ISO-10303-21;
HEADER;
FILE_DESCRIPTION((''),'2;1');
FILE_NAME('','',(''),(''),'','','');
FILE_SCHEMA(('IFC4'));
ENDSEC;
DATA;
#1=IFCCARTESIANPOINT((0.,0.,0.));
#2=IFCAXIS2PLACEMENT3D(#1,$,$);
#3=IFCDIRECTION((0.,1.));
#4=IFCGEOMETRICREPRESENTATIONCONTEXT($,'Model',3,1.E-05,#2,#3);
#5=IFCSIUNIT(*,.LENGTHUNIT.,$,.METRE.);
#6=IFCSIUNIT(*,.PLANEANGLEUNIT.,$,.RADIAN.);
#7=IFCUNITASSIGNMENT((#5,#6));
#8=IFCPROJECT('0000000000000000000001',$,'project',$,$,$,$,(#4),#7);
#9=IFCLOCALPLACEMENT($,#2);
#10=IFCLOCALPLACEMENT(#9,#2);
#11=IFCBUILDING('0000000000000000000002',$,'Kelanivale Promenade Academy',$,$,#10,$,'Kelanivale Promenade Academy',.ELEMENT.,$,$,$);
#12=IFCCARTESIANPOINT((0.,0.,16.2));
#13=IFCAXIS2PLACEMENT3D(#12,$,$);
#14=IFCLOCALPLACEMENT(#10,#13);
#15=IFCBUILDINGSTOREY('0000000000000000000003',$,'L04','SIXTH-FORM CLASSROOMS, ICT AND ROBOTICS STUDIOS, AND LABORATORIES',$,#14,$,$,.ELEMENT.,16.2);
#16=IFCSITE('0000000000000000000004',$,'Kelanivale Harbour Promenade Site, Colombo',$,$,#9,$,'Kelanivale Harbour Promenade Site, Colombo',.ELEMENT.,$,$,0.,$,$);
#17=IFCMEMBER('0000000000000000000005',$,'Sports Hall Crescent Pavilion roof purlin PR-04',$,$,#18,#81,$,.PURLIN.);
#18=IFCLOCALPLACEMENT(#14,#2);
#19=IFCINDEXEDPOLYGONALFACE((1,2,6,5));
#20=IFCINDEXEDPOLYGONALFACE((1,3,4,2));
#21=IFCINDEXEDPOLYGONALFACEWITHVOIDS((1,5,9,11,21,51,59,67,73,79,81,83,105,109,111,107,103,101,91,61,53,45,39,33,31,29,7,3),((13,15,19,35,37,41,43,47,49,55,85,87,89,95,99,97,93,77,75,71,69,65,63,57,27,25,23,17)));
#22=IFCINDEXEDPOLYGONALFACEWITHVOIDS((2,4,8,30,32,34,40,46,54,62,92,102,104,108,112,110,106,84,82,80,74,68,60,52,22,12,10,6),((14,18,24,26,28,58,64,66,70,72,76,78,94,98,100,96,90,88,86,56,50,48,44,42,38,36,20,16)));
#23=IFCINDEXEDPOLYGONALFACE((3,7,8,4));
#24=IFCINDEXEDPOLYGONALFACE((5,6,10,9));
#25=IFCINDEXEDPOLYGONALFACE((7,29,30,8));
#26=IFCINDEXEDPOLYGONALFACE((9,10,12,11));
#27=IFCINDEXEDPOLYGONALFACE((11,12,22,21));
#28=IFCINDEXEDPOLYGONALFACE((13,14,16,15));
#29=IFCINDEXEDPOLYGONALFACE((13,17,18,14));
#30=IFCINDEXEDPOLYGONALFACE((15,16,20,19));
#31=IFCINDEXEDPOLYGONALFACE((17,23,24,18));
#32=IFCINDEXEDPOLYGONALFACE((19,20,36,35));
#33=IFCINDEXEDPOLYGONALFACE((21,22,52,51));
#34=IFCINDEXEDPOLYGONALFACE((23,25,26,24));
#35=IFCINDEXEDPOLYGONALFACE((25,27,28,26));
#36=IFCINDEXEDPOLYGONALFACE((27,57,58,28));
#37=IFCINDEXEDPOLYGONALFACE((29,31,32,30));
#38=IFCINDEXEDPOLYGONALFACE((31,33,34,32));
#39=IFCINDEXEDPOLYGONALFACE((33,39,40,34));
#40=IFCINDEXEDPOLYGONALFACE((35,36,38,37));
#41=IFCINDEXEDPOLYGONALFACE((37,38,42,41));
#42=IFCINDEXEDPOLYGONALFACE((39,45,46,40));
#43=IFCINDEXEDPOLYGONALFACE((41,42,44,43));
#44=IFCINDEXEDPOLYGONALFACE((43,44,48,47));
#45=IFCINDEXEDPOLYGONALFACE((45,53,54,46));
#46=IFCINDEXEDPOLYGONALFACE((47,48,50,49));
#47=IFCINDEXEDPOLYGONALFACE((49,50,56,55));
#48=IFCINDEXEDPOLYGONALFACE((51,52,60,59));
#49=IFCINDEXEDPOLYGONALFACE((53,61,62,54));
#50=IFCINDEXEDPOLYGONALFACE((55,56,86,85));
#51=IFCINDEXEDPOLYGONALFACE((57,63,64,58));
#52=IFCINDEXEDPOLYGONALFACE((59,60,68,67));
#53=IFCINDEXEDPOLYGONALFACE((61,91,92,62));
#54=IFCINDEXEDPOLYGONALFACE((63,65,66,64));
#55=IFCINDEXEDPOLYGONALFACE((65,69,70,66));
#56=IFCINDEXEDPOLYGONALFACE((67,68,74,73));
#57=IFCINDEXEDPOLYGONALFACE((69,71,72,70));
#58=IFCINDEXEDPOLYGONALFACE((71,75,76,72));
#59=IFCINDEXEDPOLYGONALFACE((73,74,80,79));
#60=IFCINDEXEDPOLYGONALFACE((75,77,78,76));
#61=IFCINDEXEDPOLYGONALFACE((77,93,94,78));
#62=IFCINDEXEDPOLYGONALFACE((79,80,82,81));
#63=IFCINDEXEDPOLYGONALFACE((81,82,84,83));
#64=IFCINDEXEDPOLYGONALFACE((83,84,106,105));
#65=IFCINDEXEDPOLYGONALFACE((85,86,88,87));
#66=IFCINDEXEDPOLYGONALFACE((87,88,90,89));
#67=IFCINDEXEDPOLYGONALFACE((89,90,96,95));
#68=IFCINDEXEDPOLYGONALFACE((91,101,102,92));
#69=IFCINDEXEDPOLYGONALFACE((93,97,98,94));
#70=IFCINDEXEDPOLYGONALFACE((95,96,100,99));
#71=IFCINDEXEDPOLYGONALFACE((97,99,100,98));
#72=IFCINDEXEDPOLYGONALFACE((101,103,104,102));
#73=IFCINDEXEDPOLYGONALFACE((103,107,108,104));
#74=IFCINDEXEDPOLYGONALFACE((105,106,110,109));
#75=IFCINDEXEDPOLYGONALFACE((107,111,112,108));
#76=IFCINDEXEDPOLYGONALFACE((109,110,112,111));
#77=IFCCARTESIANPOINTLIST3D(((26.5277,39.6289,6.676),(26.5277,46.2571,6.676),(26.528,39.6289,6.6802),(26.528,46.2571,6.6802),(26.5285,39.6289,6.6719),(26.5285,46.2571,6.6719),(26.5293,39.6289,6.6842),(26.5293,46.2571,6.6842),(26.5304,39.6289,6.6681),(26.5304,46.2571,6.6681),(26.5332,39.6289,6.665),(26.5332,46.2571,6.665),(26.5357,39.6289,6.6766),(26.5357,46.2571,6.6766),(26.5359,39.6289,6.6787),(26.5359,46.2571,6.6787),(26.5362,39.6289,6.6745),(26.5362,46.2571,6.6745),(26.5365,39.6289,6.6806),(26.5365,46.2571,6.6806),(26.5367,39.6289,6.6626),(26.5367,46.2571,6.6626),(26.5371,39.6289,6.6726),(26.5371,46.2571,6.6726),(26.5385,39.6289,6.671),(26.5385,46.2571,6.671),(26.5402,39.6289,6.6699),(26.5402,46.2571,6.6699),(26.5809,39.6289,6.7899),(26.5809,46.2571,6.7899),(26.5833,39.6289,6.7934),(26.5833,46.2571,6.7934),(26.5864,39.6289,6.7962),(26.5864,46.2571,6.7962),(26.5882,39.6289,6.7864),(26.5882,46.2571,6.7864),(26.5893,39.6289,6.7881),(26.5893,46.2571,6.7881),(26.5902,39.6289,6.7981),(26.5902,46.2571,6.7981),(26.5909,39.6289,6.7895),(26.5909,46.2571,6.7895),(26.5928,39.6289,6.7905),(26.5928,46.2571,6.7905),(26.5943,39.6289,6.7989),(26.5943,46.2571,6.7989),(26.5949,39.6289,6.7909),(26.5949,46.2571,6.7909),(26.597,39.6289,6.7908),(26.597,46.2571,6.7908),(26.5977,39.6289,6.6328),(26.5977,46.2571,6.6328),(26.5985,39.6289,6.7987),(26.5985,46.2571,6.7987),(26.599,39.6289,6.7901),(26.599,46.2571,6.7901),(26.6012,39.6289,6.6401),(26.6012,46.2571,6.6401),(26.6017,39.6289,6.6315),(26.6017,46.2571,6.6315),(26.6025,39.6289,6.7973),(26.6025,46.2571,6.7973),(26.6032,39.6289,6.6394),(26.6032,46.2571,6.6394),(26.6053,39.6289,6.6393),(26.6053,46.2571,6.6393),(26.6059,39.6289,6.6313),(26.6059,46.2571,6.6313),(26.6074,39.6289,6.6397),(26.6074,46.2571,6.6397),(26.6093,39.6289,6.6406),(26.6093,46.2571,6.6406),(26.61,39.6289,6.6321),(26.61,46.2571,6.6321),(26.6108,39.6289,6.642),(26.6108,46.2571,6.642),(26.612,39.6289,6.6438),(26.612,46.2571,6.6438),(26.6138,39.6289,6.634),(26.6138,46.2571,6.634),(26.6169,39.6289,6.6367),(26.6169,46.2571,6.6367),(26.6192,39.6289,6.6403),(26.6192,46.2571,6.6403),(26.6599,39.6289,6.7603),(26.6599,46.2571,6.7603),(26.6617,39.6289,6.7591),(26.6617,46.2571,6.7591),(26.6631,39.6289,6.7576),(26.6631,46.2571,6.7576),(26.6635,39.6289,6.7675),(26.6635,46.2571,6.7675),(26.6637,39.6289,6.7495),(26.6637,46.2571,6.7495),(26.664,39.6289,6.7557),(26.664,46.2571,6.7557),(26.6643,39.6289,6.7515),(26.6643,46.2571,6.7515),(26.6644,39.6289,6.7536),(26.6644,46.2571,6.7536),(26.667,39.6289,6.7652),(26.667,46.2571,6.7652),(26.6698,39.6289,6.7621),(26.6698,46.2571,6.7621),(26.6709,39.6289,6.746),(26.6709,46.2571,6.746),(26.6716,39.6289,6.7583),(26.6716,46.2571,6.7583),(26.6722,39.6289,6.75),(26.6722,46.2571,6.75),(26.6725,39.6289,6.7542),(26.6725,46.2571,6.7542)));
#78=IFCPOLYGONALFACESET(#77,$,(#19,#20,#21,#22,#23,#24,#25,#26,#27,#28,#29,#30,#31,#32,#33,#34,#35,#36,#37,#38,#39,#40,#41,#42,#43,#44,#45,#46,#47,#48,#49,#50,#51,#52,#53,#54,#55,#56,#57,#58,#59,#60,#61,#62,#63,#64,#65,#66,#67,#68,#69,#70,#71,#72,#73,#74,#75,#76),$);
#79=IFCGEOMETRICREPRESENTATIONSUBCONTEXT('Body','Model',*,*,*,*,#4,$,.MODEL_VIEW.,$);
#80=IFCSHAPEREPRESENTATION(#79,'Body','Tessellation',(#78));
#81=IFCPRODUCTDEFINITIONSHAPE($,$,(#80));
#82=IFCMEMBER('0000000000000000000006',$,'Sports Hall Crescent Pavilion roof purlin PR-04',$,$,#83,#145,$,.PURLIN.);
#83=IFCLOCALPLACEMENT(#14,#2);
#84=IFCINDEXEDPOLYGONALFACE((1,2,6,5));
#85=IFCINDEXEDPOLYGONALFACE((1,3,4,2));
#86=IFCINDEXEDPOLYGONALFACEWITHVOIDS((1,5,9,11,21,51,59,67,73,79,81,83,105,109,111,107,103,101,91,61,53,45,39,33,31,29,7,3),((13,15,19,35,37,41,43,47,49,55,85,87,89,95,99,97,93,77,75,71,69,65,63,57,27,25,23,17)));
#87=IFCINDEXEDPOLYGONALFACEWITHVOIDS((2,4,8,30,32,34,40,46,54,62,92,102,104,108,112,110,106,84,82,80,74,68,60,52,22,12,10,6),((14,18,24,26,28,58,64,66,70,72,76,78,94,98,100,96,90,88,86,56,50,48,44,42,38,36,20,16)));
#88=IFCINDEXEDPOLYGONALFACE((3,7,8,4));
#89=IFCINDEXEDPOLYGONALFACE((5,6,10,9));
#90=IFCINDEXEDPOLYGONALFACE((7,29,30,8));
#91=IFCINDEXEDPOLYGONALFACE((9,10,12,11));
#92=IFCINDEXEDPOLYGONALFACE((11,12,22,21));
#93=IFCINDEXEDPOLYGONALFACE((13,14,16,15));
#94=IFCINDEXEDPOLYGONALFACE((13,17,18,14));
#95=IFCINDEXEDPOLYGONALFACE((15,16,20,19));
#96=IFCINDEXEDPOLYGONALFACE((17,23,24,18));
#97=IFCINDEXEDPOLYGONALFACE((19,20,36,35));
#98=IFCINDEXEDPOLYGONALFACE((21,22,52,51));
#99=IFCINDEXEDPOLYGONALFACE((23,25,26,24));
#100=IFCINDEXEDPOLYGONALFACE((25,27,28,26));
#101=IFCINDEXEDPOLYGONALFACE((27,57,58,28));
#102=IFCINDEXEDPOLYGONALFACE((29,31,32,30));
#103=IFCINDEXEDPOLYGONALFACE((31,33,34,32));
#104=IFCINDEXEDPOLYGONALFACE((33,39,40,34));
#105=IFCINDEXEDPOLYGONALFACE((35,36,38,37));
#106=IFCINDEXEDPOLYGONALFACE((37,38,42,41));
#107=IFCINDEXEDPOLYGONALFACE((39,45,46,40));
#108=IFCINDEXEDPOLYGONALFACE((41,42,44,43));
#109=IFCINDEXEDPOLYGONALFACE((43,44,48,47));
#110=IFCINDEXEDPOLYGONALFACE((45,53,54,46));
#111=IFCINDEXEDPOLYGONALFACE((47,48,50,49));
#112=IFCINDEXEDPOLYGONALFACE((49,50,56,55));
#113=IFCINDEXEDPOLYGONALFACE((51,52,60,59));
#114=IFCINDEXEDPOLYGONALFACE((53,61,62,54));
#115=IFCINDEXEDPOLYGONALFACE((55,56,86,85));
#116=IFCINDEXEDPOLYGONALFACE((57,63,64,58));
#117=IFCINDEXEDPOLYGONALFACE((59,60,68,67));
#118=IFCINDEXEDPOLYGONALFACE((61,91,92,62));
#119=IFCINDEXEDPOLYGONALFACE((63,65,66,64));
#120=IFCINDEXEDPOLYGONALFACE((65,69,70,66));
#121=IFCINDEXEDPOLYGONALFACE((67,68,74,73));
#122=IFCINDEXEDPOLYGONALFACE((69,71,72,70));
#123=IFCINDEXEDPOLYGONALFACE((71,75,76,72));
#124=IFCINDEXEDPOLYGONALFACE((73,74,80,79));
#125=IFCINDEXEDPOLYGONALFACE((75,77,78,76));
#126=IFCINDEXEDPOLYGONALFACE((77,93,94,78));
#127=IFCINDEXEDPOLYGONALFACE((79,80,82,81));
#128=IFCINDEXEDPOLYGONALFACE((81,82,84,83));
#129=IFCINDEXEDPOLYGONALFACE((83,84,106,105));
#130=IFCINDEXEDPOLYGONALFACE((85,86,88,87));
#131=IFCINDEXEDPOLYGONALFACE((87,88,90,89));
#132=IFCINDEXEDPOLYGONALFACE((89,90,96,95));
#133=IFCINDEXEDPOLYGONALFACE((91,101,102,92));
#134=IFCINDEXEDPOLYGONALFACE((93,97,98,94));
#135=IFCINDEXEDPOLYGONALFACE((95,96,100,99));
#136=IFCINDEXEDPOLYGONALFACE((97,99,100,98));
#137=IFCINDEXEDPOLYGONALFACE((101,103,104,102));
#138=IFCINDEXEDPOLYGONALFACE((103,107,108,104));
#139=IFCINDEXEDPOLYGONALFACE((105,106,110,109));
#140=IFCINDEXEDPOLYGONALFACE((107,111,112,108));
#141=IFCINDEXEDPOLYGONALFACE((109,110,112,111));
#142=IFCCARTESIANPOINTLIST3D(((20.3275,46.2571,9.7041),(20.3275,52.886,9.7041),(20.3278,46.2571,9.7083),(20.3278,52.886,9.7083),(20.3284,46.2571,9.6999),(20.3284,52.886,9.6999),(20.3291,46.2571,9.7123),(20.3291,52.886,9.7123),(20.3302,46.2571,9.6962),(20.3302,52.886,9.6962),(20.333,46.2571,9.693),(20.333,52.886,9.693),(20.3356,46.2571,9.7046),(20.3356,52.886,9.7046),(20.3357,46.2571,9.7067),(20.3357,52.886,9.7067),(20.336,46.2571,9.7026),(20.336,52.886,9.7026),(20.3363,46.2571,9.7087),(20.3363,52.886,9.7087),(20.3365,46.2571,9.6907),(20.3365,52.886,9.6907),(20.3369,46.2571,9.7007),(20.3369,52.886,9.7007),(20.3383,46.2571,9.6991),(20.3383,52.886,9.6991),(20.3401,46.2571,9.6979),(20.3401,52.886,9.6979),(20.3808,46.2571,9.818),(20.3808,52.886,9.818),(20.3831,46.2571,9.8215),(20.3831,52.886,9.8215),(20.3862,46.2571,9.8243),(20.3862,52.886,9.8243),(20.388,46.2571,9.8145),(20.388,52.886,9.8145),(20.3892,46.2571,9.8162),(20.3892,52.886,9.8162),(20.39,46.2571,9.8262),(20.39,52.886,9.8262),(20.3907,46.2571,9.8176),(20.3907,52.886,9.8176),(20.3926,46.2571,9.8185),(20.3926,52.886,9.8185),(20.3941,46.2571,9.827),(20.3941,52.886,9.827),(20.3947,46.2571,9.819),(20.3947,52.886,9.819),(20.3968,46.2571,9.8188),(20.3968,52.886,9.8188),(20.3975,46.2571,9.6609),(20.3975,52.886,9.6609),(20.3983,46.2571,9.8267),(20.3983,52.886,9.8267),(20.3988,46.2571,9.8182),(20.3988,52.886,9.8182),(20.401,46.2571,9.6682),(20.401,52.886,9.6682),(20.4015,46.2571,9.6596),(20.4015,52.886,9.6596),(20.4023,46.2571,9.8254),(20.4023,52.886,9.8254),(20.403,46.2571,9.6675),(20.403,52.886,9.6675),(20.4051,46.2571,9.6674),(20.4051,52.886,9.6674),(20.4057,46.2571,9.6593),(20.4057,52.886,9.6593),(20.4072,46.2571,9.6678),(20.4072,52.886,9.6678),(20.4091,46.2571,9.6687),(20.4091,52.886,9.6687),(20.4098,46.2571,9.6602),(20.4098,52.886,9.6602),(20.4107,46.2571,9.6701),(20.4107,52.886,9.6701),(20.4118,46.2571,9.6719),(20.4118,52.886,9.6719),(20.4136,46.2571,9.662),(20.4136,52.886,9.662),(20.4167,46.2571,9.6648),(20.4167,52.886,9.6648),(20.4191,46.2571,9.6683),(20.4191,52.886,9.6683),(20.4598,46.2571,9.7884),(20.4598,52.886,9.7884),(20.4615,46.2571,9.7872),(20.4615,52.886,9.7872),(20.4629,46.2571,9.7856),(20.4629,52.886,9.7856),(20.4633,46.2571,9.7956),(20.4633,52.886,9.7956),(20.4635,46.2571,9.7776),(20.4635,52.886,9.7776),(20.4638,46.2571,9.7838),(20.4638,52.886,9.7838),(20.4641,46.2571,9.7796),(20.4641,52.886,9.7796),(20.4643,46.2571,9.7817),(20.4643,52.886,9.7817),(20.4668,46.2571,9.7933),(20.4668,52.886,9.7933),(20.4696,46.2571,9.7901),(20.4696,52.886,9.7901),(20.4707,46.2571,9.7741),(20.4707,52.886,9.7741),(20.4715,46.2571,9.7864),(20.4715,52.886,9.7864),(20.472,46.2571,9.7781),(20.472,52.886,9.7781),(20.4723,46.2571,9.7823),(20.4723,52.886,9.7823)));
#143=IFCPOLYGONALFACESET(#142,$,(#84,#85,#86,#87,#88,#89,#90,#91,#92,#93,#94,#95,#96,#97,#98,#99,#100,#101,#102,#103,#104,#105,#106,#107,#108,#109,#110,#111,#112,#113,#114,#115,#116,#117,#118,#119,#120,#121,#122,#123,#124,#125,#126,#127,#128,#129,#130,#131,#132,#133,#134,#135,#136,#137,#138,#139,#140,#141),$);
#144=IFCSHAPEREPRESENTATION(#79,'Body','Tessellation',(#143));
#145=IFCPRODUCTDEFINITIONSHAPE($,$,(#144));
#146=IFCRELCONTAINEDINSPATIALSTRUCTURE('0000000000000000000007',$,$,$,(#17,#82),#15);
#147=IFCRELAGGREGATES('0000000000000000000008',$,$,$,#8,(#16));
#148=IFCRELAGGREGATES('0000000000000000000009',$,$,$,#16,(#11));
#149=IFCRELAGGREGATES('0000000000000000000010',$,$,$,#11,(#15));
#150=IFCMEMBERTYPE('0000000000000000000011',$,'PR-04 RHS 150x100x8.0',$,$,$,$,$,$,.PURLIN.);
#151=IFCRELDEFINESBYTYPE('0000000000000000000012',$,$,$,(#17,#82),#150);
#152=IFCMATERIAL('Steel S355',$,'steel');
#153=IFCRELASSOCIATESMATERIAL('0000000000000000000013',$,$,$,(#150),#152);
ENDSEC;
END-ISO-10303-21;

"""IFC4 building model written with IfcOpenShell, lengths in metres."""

from ifc_helpers import new_model, si_unit, direction, frame, origin, origin_2d, place, context, subcontext, project, spatial, hollow_rectangle, extrude, material, material_profile, profile_set, type_object, element, save


model = new_model("IFC4")

# Units and contexts
model_context = context("Model", 3, precision=1e-05, world=origin(), true_north=direction((0.0, 1.0)))
body_context = subcontext(model_context, "Body", "Model", "MODEL_VIEW")
ifc_project = project(units=[si_unit("LENGTHUNIT", "METRE"), si_unit("PLANEANGLEUNIT", "RADIAN")], contexts=[model_context])

# Site, building, storey
site_placement = place(None, origin())
site = spatial("IfcSite", under=ifc_project, at=site_placement, Name="Kelanivale Harbour Promenade Site, Colombo", LongName="Kelanivale Harbour Promenade Site, Colombo", CompositionType="ELEMENT", RefElevation=0.0)
building_placement = place(site_placement, origin())
building = spatial("IfcBuilding", under=site, at=building_placement, Name="Kelanivale Promenade Academy", LongName="Kelanivale Promenade Academy", CompositionType="ELEMENT")
storey_placement = place(building_placement, frame((0.0, 0.0, 16.2)))
storey = spatial("IfcBuildingStorey", under=building, at=storey_placement, Name="L04", Description="SIXTH-FORM CLASSROOMS, ICT AND ROBOTICS STUDIOS, AND LABORATORIES", CompositionType="ELEMENT", Elevation=16.2)

# Members
ifc_material_1 = material(Name="Steel S355", Category="steel")
ifc_material_profile_1 = material_profile(ifc_material_1, hollow_rectangle(XDim=0.1001, YDim=0.1499, WallThickness=0.0081, InnerFilletRadius=0.0081, OuterFilletRadius=0.0161, at=origin_2d()), Name="RHS 150x100x8.0")
ifc_profile_set_1 = profile_set([ifc_material_profile_1], Name="Steel S355")
member_type_1 = type_object("IfcMemberType", Name="PR-04 RHS 150x100x8.0", PredefinedType="PURLIN", material=ifc_profile_set_1)
member_1_placement = place(storey_placement, frame((26.6001, 39.6289, 6.7151), z_axis=(0.0, 1.0, 0.0), x_axis=(-0.898564, 0.0, 0.438842)))
element("IfcMember", 1, at=member_1_placement, inside=storey, type_object=member_type_1, Name="Sports Hall Crescent Pavilion roof purlin PR-04", PredefinedType="PURLIN", context=body_context, shape_type="SweptSolid", body=[
    extrude(hollow_rectangle(XDim=0.1001, YDim=0.1499, WallThickness=0.0081, InnerFilletRadius=0.0081, OuterFilletRadius=0.0161, at=origin_2d()), origin(), (0.0, 0.0, 1.0), 6.6282),
])
member_2_placement = place(storey_placement, frame((20.3999, 46.2571, 9.7432), z_axis=(0.0, 1.0, 0.0), x_axis=(-0.898564, 0.0, 0.438842)))
element("IfcMember", 2, at=member_2_placement, inside=storey, type_object=member_type_1, Name="Sports Hall Crescent Pavilion roof purlin PR-04", PredefinedType="PURLIN", context=body_context, shape_type="SweptSolid", body=[
    extrude(hollow_rectangle(XDim=0.1001, YDim=0.1499, WallThickness=0.0081, InnerFilletRadius=0.0081, OuterFilletRadius=0.0161, at=origin_2d()), origin(), (0.0, 0.0, 1.0), 6.6289),
])

save(model, "model.ifc")
